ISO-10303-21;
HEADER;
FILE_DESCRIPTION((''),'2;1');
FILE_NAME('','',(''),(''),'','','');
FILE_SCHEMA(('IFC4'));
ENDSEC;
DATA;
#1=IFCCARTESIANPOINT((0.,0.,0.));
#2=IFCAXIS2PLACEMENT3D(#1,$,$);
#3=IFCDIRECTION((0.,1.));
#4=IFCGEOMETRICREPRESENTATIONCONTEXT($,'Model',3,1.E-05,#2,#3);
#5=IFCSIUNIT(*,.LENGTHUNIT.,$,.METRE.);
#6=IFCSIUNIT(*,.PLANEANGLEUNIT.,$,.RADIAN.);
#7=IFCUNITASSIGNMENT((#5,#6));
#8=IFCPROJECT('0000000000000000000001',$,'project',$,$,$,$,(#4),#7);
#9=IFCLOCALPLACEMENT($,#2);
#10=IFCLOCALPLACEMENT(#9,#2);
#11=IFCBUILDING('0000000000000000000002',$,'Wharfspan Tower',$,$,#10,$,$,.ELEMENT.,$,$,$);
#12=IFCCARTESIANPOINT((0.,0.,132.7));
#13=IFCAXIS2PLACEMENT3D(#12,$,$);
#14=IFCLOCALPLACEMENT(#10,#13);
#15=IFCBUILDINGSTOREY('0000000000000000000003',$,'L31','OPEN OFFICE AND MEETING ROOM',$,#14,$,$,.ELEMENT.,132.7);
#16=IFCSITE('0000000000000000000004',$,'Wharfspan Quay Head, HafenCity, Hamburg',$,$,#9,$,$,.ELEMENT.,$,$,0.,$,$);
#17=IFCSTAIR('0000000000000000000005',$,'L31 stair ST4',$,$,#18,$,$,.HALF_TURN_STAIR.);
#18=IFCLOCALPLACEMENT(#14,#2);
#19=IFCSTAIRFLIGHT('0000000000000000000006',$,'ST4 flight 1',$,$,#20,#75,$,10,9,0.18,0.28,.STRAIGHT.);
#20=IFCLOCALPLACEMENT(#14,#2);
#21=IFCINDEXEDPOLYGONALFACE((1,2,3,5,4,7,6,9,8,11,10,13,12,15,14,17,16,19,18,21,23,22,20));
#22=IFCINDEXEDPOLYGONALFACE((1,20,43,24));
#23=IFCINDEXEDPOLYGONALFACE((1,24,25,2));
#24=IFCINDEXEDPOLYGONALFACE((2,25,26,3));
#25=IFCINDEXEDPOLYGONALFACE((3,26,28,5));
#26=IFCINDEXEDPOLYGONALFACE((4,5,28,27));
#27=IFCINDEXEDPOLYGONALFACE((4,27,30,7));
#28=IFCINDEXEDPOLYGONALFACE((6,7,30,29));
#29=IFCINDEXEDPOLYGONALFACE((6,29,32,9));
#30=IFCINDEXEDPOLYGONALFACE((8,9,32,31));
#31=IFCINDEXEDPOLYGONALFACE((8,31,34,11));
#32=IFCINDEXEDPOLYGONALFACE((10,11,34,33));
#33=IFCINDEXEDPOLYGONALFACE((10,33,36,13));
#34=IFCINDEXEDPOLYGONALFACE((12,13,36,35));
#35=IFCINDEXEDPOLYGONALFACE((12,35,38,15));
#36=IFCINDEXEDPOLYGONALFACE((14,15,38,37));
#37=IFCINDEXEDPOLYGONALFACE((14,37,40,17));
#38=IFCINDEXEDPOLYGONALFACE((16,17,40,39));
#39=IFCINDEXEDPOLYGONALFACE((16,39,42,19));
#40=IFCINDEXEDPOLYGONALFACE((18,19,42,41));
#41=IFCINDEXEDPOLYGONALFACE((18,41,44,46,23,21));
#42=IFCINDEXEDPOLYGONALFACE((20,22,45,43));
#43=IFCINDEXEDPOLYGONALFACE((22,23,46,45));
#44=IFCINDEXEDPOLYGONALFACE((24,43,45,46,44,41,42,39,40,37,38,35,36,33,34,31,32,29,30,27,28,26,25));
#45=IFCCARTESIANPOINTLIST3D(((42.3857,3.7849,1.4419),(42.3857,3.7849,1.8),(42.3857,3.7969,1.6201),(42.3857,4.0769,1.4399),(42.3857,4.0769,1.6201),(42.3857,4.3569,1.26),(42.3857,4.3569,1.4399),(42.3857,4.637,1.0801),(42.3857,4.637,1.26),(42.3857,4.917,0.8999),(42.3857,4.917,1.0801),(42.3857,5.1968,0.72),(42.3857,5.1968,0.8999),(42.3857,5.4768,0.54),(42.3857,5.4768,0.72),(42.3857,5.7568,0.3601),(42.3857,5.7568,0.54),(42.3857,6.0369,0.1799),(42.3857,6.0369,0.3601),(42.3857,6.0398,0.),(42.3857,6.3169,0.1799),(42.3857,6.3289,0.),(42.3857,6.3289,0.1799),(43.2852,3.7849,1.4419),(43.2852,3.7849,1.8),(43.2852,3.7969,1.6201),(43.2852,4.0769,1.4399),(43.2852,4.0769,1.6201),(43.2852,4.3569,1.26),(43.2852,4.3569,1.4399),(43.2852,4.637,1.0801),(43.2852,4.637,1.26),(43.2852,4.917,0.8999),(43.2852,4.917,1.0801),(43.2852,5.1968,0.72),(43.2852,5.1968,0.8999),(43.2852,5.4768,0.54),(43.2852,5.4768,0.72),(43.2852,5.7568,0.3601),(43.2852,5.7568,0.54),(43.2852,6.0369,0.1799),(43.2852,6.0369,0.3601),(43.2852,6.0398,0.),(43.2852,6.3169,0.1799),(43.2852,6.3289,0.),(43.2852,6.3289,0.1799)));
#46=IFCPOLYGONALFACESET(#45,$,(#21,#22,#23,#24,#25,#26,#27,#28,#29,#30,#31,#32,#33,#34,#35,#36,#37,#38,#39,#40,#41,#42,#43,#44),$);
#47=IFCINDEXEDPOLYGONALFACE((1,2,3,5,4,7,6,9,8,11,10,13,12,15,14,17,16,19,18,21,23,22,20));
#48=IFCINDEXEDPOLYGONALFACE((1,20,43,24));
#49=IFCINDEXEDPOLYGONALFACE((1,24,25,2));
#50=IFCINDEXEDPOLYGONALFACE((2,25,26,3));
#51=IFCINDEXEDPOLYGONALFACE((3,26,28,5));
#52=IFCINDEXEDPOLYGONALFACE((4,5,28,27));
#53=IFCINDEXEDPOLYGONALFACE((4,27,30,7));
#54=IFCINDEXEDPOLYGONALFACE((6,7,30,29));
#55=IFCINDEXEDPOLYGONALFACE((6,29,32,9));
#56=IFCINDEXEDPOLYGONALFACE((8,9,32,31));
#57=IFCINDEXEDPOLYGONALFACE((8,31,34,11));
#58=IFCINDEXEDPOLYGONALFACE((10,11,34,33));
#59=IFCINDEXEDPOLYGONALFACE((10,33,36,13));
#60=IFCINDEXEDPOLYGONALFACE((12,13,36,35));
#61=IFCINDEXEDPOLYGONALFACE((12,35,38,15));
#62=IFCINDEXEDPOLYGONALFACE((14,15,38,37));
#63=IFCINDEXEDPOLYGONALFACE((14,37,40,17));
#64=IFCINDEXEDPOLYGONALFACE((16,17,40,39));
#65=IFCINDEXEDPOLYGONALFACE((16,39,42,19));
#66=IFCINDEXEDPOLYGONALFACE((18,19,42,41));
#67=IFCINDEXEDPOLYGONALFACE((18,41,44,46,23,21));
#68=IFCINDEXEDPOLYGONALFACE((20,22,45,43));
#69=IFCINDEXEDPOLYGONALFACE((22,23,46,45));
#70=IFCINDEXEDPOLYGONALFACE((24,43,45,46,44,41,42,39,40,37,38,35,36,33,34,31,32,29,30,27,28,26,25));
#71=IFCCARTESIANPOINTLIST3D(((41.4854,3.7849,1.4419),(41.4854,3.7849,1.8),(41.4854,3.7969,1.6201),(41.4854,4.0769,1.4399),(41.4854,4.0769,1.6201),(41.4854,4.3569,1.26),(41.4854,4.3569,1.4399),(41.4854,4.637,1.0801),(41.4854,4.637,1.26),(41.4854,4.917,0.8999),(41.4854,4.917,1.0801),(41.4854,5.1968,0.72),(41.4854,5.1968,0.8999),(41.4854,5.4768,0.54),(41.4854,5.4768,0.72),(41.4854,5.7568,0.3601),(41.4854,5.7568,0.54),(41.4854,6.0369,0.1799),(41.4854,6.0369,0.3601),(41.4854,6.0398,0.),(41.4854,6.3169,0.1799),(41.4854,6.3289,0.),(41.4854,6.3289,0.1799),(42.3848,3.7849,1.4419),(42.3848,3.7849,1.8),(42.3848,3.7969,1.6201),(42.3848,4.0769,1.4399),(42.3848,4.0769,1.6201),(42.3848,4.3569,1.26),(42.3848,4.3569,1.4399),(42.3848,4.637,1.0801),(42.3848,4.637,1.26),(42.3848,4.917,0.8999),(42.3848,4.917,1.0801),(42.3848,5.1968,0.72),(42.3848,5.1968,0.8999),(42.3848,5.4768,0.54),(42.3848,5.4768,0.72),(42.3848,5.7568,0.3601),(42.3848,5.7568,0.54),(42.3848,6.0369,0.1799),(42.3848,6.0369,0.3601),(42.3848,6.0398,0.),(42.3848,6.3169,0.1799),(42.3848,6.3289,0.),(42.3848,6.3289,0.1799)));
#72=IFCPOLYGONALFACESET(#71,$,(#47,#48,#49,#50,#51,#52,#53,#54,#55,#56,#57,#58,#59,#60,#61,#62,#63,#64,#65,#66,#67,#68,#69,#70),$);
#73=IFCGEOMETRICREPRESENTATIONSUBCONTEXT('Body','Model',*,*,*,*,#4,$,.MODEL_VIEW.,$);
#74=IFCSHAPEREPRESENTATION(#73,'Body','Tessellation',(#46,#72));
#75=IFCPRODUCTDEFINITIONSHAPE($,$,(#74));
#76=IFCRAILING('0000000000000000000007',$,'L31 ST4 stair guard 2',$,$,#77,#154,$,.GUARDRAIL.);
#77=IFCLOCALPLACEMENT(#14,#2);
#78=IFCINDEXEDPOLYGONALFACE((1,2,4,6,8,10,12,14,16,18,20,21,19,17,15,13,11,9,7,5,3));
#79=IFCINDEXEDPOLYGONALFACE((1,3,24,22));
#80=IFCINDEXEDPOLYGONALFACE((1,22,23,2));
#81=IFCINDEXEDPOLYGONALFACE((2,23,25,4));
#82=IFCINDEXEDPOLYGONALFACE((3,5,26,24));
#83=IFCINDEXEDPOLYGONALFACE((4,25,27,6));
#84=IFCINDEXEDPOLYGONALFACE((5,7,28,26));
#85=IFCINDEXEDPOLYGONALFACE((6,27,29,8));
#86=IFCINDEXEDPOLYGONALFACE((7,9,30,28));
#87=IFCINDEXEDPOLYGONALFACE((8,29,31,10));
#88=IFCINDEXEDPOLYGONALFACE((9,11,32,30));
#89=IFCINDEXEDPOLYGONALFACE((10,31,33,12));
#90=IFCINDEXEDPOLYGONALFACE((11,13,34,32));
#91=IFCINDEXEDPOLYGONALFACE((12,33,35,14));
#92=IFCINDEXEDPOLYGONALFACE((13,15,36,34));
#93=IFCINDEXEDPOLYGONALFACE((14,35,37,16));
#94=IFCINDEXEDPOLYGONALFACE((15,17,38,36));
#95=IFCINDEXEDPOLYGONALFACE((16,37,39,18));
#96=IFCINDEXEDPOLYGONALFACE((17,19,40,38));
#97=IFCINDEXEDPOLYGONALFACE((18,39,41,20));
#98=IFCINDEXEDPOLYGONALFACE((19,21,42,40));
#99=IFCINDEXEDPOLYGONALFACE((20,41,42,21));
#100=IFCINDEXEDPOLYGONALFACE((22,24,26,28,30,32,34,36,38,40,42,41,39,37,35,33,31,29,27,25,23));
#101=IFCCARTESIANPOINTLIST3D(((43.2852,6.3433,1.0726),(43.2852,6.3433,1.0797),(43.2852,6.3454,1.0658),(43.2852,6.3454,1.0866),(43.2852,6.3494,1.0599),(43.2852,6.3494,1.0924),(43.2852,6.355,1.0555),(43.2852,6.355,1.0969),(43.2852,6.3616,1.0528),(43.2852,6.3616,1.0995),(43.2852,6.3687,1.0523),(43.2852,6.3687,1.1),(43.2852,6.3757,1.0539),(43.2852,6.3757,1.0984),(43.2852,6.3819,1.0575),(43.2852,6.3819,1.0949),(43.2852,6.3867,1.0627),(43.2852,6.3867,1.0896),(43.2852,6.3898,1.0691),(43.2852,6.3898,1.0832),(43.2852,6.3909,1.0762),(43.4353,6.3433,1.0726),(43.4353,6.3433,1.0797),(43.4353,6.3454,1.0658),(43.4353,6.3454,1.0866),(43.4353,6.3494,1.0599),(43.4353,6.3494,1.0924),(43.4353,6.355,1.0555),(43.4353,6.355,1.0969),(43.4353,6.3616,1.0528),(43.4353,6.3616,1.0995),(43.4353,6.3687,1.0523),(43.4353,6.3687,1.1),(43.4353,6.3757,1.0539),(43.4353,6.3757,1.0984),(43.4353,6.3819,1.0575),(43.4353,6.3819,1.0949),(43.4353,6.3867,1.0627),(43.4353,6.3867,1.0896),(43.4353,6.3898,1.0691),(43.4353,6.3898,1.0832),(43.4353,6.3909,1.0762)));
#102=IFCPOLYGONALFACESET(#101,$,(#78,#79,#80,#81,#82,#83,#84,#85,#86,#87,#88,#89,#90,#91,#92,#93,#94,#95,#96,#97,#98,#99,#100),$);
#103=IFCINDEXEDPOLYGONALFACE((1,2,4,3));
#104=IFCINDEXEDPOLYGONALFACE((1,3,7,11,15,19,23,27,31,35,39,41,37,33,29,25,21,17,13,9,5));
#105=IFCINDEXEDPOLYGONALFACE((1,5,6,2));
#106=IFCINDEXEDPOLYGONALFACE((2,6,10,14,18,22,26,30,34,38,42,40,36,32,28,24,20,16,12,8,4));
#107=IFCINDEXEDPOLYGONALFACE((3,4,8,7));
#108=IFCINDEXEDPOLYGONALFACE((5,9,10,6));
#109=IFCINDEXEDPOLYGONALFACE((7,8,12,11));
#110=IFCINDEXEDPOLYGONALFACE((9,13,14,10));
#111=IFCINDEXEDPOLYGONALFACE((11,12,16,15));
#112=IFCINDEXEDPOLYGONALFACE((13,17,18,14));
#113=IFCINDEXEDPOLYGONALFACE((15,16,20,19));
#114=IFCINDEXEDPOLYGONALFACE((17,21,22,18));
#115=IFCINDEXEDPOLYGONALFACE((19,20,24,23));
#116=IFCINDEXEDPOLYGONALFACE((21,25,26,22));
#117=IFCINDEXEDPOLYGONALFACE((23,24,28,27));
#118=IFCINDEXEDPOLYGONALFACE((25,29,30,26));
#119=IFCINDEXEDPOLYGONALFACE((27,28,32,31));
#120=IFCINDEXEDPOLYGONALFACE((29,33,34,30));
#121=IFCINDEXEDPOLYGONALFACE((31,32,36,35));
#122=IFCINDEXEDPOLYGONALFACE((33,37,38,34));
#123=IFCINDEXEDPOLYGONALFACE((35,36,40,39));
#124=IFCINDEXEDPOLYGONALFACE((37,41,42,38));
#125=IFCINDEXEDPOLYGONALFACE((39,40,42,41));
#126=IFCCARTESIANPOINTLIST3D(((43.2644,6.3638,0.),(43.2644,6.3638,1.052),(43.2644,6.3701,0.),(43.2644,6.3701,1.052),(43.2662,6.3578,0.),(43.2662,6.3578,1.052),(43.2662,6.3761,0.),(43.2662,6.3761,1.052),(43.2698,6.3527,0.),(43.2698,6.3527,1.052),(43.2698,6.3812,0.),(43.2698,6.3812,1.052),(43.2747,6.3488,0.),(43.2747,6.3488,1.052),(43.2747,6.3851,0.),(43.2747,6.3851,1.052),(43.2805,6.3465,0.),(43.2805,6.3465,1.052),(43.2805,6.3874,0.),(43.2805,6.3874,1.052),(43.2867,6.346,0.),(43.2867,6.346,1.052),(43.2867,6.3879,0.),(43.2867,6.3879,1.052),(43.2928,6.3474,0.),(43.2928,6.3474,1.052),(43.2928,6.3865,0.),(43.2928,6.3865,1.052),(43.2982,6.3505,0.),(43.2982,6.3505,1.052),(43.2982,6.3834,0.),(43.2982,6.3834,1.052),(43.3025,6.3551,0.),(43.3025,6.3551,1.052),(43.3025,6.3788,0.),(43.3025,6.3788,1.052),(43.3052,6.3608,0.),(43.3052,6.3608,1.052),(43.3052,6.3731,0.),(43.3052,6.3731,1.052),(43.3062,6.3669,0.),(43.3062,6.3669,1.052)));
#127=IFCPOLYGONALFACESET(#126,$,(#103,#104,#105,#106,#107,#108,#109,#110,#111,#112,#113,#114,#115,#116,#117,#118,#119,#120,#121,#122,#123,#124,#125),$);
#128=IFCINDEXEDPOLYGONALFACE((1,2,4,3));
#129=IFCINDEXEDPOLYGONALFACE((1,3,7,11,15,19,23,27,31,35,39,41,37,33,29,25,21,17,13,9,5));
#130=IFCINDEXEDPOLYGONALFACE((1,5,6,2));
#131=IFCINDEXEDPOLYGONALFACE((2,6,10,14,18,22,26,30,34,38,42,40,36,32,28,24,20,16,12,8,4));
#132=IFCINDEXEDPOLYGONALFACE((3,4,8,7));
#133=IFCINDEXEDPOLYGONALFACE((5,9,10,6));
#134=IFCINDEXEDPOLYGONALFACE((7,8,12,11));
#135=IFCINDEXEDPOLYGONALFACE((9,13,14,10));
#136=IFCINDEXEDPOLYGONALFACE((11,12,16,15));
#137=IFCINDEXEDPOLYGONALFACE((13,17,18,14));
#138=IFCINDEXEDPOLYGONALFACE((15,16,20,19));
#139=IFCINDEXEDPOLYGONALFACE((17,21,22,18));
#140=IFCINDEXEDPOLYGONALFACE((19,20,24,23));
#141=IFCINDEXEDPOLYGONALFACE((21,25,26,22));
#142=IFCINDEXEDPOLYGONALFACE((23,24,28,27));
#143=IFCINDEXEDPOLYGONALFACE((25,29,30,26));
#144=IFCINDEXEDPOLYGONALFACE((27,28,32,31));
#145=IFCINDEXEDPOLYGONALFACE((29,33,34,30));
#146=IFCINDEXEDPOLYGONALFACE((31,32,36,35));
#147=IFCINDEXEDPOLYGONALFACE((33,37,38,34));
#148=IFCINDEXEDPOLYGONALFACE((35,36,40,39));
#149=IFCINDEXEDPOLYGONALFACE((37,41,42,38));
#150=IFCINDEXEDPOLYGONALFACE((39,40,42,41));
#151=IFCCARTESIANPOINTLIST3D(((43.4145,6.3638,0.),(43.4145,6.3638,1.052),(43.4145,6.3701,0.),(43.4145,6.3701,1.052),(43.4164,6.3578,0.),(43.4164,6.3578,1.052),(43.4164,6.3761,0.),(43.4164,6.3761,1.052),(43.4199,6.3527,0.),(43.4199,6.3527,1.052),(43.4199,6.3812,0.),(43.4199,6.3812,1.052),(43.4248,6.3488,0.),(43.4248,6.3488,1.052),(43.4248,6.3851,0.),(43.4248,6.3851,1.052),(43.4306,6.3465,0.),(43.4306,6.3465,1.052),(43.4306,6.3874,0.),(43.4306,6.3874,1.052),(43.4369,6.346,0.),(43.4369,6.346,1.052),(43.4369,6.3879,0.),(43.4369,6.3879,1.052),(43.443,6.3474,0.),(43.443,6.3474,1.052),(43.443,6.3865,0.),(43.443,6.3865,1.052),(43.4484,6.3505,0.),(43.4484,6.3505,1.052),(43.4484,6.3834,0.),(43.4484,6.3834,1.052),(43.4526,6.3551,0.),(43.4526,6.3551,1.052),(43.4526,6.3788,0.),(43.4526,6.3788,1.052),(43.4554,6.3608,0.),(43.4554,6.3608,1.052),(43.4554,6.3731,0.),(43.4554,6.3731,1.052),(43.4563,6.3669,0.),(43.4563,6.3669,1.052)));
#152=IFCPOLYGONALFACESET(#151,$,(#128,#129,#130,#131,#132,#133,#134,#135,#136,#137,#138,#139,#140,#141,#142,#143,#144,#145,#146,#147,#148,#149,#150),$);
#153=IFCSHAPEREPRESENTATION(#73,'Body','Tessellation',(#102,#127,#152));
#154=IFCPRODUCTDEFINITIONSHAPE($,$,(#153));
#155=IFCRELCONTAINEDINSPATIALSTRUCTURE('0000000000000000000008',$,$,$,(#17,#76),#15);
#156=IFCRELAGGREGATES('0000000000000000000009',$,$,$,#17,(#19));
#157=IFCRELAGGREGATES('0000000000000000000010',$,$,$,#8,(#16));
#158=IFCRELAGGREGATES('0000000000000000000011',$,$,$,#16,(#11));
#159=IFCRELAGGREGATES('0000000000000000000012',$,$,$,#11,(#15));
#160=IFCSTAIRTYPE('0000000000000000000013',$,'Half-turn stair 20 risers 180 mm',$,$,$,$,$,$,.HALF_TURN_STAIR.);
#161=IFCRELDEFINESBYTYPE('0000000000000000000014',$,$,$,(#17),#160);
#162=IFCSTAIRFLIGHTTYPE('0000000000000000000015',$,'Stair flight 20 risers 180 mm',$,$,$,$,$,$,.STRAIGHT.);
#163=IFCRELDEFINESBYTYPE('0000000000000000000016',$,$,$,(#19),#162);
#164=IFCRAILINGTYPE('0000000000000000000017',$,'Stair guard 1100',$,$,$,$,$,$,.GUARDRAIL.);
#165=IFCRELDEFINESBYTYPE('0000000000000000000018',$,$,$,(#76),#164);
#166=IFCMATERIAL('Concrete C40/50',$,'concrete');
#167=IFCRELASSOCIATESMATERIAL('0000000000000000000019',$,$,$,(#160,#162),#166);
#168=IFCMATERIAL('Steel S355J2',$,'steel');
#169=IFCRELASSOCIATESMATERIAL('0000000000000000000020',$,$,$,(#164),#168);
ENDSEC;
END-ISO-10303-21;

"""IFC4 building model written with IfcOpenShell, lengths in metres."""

from ifc_helpers import new_model, si_unit, direction, frame, origin, origin_2d, place, context, subcontext, project, spatial, polyline, circle, outline, extrude, material, type_object, element, aggregate, save


model = new_model("IFC4")

# Units and contexts
model_context = context("Model", 3, precision=1e-05, world=origin(), true_north=direction((0.0, 1.0)))
body_context = subcontext(model_context, "Body", "Model", "MODEL_VIEW")
ifc_project = project(units=[si_unit("LENGTHUNIT", "METRE"), si_unit("PLANEANGLEUNIT", "RADIAN")], contexts=[model_context])

# Site, building, storey
site_placement = place(None, origin())
site = spatial("IfcSite", under=ifc_project, at=site_placement, Name="Wharfspan Quay Head, HafenCity, Hamburg", CompositionType="ELEMENT", RefElevation=0.0)
building_placement = place(site_placement, origin())
building = spatial("IfcBuilding", under=site, at=building_placement, Name="Wharfspan Tower", CompositionType="ELEMENT")
storey_placement = place(building_placement, frame((0.0, 0.0, 132.7)))
storey = spatial("IfcBuildingStorey", under=building, at=storey_placement, Name="L31", Description="OPEN OFFICE AND MEETING ROOM", CompositionType="ELEMENT", Elevation=132.7)

# Shared definitions
ifc_material_1 = material(Name="Steel S355J2", Category="steel")

# Stair, stair flight
ifc_material_2 = material(Name="Concrete C40/50", Category="concrete")
stair_type = type_object("IfcStairType", Name="Half-turn stair 20 risers 180 mm", PredefinedType="HALF_TURN_STAIR", material=ifc_material_2)
stair_placement = place(storey_placement, origin())
stair = element("IfcStair", 1, at=stair_placement, inside=storey, type_object=stair_type, Name="L31 stair ST4", PredefinedType="HALF_TURN_STAIR")
stair_flight_type = type_object("IfcStairFlightType", Name="Stair flight 20 risers 180 mm", PredefinedType="STRAIGHT", material=ifc_material_2)
stair_flight_placement = place(storey_placement, frame((42.3853, 6.3169, 0.0), z_axis=(0.0, 0.0, 1.0), x_axis=(0.0, -1.0, 0.0)))
stair_flight = element("IfcStairFlight", 2, at=stair_flight_placement, type_object=stair_flight_type, Name="ST4 flight 1", NumberOfRisers=10, NumberOfTreads=9, PredefinedType="STRAIGHT", RiserHeight=0.18, TreadLength=0.28, context=body_context, shape_type="SweptSolid", body=[
    extrude(outline(polyline([(-0.012, 0.0), (-0.012, 0.1799), (0.0, 0.1799), (0.28, 0.1799), (0.28, 0.3601), (0.5601, 0.3601), (0.5601, 0.54), (0.8401, 0.54), (0.8401, 0.72), (1.1201, 0.72), (1.1201, 0.8999), (1.3999, 0.8999), (1.3999, 1.0801), (1.6799, 1.0801), (1.6799, 1.26), (1.96, 1.26), (1.96, 1.4399), (2.24, 1.4399), (2.24, 1.6201), (2.52, 1.6201), (2.532, 1.8), (2.532, 1.4419), (0.2771, 0.0), (-0.012, 0.0)])), frame((0.0, 0.8999, 0.0), z_axis=(0.0, -1.0, 0.0), x_axis=(1.0, 0.0, 0.0)), (0.0, 0.0, 1.0), 0.8994),
    extrude(outline(polyline([(-0.012, 0.0), (-0.012, 0.1799), (0.0, 0.1799), (0.28, 0.1799), (0.28, 0.3601), (0.5601, 0.3601), (0.5601, 0.54), (0.8401, 0.54), (0.8401, 0.72), (1.1201, 0.72), (1.1201, 0.8999), (1.3999, 0.8999), (1.3999, 1.0801), (1.6799, 1.0801), (1.6799, 1.26), (1.96, 1.26), (1.96, 1.4399), (2.24, 1.4399), (2.24, 1.6201), (2.52, 1.6201), (2.532, 1.8), (2.532, 1.4419), (0.2771, 0.0), (-0.012, 0.0)])), frame((0.0, -0.0005, 0.0), z_axis=(0.0, -1.0, 0.0), x_axis=(1.0, 0.0, 0.0)), (0.0, 0.0, 1.0), 0.8994),
])
aggregate(stair, [stair_flight])

# Railing
railing_type = type_object("IfcRailingType", Name="Stair guard 1100", PredefinedType="GUARDRAIL", material=ifc_material_1)
railing_1_placement = place(storey_placement, frame((43.2852, 6.3669, 0.0)))
element("IfcRailing", 3, at=railing_1_placement, inside=storey, type_object=railing_type, Name="L31 ST4 stair guard 2", PredefinedType="GUARDRAIL", context=body_context, shape_type="SweptSolid", body=[
    extrude(circle(Radius=0.0239, at=origin_2d()), frame((0.0, 0.0, 1.0762), z_axis=(1.0, 0.0, 0.0), x_axis=(0.0, 1.0, 0.0)), (0.0, 0.0, 1.0), 0.1501),
    extrude(circle(Radius=0.021, at=origin_2d()), origin(), (0.0, 0.0, 1.0), 1.052),
    extrude(circle(Radius=0.021, at=origin_2d()), frame((0.1501, 0.0, 0.0)), (0.0, 0.0, 1.0), 1.052),
])

save(model, "model.ifc")
